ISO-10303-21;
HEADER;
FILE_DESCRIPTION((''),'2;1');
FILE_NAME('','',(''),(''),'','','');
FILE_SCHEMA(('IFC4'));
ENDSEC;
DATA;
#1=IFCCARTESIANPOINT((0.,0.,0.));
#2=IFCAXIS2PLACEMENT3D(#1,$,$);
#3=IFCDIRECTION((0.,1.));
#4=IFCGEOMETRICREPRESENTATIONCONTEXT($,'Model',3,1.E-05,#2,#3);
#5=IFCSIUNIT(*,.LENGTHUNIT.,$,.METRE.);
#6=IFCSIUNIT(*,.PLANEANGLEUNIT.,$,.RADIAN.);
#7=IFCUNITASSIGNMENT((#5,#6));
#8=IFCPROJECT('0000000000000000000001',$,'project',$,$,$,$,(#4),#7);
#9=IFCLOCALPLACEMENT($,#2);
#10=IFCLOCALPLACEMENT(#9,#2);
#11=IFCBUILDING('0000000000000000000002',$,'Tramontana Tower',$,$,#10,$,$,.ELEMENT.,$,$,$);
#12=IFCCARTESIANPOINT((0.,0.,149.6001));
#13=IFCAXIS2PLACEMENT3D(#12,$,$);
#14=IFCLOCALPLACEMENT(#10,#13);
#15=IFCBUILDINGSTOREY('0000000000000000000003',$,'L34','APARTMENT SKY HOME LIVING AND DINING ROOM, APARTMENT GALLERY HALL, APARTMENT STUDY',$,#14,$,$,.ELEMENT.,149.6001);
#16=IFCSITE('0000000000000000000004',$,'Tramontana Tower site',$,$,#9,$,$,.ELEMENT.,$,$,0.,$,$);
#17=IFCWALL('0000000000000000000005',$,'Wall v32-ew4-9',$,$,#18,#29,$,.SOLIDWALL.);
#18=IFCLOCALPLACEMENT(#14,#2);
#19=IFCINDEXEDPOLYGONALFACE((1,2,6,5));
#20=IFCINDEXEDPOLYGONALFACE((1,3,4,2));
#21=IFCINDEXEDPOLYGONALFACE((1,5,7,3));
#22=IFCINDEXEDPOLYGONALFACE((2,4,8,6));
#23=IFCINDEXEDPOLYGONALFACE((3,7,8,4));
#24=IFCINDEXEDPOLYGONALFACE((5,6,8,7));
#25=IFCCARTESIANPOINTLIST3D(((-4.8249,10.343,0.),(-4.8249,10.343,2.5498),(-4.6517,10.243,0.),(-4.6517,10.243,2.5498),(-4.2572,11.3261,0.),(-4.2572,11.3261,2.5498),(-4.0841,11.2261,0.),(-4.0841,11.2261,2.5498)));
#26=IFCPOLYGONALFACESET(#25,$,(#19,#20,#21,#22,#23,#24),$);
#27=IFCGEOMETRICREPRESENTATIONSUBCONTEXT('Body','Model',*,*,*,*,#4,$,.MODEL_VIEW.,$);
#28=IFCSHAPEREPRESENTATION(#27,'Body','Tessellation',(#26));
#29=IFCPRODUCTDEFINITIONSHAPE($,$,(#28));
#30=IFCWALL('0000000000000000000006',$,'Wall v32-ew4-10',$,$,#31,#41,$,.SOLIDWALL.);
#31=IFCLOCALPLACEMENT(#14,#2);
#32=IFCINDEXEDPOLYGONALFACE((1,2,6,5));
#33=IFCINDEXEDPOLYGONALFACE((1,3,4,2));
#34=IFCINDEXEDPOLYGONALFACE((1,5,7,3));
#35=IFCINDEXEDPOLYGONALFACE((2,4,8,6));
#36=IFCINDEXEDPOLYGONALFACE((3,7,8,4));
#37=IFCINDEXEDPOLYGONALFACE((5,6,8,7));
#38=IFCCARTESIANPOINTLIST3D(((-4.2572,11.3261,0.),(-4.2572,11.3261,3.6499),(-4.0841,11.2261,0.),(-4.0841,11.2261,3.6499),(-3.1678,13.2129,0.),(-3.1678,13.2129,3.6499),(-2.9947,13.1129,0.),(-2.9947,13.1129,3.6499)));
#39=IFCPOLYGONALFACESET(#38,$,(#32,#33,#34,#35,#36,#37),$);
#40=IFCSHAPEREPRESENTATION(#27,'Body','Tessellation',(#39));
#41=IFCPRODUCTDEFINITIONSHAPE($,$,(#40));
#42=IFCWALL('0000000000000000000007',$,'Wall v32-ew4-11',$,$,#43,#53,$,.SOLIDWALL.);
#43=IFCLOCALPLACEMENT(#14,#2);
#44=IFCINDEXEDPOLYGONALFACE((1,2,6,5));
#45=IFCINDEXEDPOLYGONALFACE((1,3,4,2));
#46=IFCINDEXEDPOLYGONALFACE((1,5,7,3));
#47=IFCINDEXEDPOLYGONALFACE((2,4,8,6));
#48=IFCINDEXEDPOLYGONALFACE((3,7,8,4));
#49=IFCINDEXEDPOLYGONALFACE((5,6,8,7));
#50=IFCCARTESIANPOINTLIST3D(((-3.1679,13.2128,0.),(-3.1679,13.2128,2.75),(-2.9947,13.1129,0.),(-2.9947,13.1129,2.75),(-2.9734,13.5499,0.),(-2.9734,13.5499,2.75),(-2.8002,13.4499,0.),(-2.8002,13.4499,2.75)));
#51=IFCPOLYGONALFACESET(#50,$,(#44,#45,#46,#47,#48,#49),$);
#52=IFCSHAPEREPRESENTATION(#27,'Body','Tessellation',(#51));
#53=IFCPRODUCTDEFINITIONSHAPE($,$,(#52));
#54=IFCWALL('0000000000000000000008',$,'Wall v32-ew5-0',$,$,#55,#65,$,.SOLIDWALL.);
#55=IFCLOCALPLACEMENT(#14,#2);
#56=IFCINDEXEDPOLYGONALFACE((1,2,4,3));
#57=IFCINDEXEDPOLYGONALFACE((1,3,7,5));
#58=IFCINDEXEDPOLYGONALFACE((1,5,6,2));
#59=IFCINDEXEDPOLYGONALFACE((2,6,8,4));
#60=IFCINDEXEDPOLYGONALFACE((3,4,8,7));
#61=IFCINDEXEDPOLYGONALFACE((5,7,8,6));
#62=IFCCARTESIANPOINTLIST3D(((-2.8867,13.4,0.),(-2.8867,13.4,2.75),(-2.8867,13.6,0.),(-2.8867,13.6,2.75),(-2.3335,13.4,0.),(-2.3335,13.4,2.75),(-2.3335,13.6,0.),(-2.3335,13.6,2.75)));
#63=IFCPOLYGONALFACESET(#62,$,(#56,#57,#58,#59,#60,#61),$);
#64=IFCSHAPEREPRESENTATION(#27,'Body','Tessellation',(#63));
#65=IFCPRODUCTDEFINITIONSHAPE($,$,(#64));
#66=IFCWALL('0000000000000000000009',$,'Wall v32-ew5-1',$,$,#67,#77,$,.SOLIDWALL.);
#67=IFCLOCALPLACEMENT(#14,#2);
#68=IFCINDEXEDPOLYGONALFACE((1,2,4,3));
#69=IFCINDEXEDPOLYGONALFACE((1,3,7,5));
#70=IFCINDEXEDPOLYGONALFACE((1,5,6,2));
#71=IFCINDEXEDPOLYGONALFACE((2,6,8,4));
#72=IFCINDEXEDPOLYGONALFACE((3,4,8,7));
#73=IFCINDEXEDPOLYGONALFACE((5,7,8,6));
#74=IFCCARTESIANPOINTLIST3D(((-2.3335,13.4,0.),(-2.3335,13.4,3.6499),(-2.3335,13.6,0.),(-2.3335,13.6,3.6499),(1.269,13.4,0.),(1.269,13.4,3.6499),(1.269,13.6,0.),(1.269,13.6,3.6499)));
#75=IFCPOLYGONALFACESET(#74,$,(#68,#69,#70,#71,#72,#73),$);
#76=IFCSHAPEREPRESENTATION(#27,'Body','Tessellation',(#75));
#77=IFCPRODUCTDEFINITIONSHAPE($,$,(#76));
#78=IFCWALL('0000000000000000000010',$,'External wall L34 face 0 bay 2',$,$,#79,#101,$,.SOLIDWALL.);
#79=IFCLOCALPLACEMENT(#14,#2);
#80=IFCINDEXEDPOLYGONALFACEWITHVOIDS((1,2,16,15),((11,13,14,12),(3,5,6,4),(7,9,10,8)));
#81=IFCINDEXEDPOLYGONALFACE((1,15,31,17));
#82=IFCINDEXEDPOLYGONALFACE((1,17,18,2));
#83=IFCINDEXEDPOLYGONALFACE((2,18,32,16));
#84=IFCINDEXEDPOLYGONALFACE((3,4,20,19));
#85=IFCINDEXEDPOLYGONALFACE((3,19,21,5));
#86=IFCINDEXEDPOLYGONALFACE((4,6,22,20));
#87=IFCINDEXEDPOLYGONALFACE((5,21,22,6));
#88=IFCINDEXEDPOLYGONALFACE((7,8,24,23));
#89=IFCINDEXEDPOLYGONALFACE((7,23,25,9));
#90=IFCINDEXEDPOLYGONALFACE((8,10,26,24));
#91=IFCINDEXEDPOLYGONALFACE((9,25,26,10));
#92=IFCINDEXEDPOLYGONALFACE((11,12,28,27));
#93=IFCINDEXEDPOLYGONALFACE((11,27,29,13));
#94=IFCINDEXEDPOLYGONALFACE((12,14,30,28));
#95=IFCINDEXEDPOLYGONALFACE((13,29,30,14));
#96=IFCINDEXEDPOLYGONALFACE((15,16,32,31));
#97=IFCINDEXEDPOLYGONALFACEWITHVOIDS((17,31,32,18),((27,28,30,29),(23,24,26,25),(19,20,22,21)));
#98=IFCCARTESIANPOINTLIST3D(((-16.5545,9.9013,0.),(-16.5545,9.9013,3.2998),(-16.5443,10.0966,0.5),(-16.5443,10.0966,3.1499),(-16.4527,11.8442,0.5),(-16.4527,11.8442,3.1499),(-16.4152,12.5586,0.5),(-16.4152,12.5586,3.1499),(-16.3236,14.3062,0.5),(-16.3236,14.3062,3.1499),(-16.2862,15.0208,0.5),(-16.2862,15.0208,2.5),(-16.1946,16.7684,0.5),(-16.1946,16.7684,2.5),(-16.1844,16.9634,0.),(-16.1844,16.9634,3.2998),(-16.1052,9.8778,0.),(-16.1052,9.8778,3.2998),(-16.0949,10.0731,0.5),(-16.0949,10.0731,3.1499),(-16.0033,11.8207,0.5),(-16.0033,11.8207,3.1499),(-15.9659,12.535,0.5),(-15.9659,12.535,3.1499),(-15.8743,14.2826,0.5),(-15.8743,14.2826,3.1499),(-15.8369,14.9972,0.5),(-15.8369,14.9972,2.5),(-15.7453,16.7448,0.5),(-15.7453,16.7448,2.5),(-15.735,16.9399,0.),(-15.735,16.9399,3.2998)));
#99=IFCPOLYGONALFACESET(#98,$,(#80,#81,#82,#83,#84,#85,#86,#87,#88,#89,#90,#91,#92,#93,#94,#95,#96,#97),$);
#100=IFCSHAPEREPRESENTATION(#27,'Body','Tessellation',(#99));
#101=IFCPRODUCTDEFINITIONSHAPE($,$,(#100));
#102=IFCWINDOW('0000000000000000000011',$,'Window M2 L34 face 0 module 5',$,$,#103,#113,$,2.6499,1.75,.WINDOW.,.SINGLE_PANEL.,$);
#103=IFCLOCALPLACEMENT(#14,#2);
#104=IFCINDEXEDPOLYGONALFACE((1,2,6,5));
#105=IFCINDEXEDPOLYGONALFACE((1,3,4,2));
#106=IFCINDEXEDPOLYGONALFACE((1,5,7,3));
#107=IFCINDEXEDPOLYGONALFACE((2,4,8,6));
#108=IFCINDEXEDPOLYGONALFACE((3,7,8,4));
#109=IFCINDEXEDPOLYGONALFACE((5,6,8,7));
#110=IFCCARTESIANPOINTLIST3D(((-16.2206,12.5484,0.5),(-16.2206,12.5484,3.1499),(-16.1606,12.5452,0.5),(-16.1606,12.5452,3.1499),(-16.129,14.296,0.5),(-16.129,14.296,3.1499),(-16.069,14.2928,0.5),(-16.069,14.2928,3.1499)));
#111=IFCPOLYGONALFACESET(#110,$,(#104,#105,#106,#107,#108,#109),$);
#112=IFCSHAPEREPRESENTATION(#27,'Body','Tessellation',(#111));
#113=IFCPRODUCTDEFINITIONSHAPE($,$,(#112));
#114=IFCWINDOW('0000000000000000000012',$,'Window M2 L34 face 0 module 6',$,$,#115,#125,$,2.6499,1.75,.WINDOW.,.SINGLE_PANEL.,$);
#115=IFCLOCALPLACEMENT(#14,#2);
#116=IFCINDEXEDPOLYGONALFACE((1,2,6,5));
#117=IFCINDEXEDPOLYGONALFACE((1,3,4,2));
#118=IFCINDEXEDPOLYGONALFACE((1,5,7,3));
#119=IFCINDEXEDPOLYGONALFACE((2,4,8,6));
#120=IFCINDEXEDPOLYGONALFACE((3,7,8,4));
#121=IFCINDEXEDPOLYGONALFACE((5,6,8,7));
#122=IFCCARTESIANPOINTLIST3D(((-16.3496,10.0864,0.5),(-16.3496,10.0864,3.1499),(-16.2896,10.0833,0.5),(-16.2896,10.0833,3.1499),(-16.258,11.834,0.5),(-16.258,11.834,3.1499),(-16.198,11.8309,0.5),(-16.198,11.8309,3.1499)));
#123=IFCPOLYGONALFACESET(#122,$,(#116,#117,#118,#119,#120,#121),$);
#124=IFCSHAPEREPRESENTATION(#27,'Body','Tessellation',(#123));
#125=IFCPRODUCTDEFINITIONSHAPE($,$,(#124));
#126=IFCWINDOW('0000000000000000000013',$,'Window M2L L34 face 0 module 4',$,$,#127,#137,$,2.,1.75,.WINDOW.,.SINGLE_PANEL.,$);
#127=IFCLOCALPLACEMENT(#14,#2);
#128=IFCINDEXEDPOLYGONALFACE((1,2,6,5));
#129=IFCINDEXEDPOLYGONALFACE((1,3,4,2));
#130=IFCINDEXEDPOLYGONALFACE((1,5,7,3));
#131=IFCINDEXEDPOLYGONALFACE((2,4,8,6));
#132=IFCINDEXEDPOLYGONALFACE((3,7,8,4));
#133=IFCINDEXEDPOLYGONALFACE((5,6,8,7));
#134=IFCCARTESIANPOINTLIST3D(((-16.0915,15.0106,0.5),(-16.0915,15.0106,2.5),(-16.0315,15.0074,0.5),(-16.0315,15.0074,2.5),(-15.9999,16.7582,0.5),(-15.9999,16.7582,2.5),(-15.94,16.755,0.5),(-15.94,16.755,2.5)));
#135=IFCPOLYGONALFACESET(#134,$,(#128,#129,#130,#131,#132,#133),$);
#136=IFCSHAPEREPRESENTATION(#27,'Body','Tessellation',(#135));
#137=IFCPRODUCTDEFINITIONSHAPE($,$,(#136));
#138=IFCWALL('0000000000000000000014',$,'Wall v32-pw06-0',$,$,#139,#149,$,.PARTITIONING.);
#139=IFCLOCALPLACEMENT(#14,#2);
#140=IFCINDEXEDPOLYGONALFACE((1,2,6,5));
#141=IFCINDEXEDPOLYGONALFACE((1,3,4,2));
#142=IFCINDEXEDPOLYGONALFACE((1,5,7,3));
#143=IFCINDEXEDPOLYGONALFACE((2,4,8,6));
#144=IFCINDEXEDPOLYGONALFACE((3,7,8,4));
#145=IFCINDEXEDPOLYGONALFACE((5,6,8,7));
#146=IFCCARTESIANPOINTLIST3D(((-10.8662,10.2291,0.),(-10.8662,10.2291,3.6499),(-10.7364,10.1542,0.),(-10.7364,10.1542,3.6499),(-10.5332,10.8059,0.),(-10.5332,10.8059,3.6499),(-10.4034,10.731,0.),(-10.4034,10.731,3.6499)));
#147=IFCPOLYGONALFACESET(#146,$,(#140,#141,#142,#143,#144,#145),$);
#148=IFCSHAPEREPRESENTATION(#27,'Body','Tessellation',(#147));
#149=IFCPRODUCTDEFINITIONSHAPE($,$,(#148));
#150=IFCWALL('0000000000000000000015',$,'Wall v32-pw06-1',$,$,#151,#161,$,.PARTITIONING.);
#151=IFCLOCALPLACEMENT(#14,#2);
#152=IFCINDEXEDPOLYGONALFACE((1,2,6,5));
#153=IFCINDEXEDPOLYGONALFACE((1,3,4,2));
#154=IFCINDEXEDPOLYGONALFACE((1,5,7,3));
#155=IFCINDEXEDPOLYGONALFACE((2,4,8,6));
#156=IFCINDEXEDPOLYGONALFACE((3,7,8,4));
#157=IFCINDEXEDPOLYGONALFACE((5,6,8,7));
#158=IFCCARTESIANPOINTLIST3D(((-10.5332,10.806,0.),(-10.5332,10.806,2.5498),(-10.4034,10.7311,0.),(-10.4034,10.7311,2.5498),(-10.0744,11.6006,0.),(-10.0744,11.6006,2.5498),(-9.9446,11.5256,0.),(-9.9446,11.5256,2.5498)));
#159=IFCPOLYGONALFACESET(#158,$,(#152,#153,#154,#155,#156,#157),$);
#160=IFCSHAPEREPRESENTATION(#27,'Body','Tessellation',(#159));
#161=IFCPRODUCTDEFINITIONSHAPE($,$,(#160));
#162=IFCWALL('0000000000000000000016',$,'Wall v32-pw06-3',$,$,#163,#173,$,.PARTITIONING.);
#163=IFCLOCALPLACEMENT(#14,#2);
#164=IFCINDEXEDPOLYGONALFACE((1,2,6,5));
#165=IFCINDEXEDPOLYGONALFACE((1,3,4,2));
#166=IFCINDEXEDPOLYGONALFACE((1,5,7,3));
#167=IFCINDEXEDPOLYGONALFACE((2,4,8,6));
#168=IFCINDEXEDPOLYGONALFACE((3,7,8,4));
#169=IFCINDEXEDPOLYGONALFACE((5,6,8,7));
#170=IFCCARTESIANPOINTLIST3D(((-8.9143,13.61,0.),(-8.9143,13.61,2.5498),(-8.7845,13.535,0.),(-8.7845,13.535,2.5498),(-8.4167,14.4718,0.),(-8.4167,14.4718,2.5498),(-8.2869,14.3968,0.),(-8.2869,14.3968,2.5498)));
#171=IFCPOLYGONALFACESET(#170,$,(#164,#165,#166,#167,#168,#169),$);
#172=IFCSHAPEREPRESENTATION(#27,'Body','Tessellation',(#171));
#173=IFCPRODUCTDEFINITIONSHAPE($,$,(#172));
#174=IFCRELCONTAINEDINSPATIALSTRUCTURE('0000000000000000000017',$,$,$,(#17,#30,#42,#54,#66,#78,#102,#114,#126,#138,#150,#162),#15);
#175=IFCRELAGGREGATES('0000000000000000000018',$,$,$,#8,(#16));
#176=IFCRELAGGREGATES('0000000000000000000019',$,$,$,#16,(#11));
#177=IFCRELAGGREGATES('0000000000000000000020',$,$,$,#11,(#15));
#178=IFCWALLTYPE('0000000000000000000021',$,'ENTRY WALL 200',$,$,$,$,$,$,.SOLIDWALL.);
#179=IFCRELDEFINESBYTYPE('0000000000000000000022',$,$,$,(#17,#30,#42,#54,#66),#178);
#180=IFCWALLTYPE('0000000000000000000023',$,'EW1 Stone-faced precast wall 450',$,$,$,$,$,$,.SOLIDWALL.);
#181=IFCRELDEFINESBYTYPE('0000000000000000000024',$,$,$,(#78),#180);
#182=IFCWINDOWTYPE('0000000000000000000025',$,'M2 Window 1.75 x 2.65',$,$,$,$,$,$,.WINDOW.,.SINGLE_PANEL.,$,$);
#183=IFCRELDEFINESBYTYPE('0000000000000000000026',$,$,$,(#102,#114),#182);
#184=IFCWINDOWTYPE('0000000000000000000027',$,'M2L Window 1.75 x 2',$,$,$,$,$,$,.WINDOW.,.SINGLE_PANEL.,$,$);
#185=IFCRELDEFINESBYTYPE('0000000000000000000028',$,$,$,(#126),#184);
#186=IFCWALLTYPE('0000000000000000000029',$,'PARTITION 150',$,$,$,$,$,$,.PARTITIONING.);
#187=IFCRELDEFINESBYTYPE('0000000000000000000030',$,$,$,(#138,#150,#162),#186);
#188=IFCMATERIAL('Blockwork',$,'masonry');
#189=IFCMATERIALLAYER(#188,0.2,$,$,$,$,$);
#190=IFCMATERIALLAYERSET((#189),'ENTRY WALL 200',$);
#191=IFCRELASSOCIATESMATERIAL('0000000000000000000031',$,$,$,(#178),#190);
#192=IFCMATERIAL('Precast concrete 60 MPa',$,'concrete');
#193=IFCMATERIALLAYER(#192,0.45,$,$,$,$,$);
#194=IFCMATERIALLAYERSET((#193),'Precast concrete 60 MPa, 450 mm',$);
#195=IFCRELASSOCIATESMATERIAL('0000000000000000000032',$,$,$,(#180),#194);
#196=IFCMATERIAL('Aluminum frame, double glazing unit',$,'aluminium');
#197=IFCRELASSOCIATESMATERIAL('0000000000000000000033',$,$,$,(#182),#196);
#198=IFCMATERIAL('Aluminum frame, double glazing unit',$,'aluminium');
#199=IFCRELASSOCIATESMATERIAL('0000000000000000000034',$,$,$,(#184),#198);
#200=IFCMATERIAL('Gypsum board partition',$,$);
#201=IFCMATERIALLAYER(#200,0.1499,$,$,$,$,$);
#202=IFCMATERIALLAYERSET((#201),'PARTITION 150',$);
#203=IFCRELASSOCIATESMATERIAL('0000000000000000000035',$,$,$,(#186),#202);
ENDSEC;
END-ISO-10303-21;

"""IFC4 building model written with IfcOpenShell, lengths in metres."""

from ifc_helpers import new_model, si_unit, direction, frame, frame_2d, origin, place, context, subcontext, project, spatial, rectangle, extrude, material, layer, layer_set, type_object, element, fill, save


model = new_model("IFC4")

# Units and contexts
model_context = context("Model", 3, precision=1e-05, world=origin(), true_north=direction((0.0, 1.0)))
body_context = subcontext(model_context, "Body", "Model", "MODEL_VIEW")
ifc_project = project(units=[si_unit("LENGTHUNIT", "METRE"), si_unit("PLANEANGLEUNIT", "RADIAN")], contexts=[model_context])

# Site, building, storey
site_placement = place(None, origin())
site = spatial("IfcSite", under=ifc_project, at=site_placement, Name="Tramontana Tower site", CompositionType="ELEMENT", RefElevation=0.0)
building_placement = place(site_placement, origin())
building = spatial("IfcBuilding", under=site, at=building_placement, Name="Tramontana Tower", CompositionType="ELEMENT")
storey_placement = place(building_placement, frame((0.0, 0.0, 149.6001)))
storey = spatial("IfcBuildingStorey", under=building, at=storey_placement, Name="L34", Description="APARTMENT SKY HOME LIVING AND DINING ROOM, APARTMENT GALLERY HALL, APARTMENT STUDY", CompositionType="ELEMENT", Elevation=149.6001)

# Walls
ifc_material_1 = material(Name="Blockwork", Category="masonry")
ifc_layer_1 = layer(ifc_material_1, 0.2)
ifc_layer_set_1 = layer_set([ifc_layer_1], Name="ENTRY WALL 200")
wall_type_1 = type_object("IfcWallType", Name="ENTRY WALL 200", PredefinedType="SOLIDWALL", material=ifc_layer_set_1)
wall_1_placement = place(storey_placement, frame((-4.7383, 10.293, 0.0), z_axis=(0.0, 0.0, 1.0), x_axis=(0.500002, 0.866024, 0.0)))
element("IfcWall", 1, at=wall_1_placement, inside=storey, type_object=wall_type_1, Name="Wall v32-ew4-9", PredefinedType="SOLIDWALL", context=body_context, shape_type="SweptSolid", body=[
    extrude(rectangle(XDim=1.1353, YDim=0.2, at=frame_2d((0.5676, 0.0))), origin(), (0.0, 0.0, 1.0), 2.5498),
])
wall_2_placement = place(storey_placement, frame((-4.1707, 11.2761, 0.0), z_axis=(0.0, 0.0, 1.0), x_axis=(0.50002, 0.866014, 0.0)))
element("IfcWall", 2, at=wall_2_placement, inside=storey, type_object=wall_type_1, Name="Wall v32-ew4-10", PredefinedType="SOLIDWALL", context=body_context, shape_type="SweptSolid", body=[
    extrude(rectangle(XDim=2.1787, YDim=0.2, at=frame_2d((1.0894, 0.0))), origin(), (0.0, 0.0, 1.0), 3.6499),
])
wall_3_placement = place(storey_placement, frame((-3.0813, 13.1628, 0.0), z_axis=(0.0, 0.0, 1.0), x_axis=(0.499849, 0.866112, 0.0)))
element("IfcWall", 3, at=wall_3_placement, inside=storey, type_object=wall_type_1, Name="Wall v32-ew4-11", PredefinedType="SOLIDWALL", context=body_context, shape_type="SweptSolid", body=[
    extrude(rectangle(XDim=0.3892, YDim=0.2, at=frame_2d((0.1946, 0.0))), origin(), (0.0, 0.0, 1.0), 2.75),
])
wall_4_placement = place(storey_placement, frame((-2.8867, 13.5, 0.0), z_axis=(0.0, 0.0, 1.0), x_axis=(1.0, 0.0, 0.0)))
element("IfcWall", 4, at=wall_4_placement, inside=storey, type_object=wall_type_1, Name="Wall v32-ew5-0", PredefinedType="SOLIDWALL", context=body_context, shape_type="SweptSolid", body=[
    extrude(rectangle(XDim=0.5532, YDim=0.2, at=frame_2d((0.2766, 0.0))), origin(), (0.0, 0.0, 1.0), 2.75),
])
wall_5_placement = place(storey_placement, frame((-2.3335, 13.5, 0.0), z_axis=(0.0, 0.0, 1.0), x_axis=(1.0, 0.0, 0.0)))
element("IfcWall", 5, at=wall_5_placement, inside=storey, type_object=wall_type_1, Name="Wall v32-ew5-1", PredefinedType="SOLIDWALL", context=body_context, shape_type="SweptSolid", body=[
    extrude(rectangle(XDim=3.6025, YDim=0.2, at=frame_2d((1.8013, 0.0))), origin(), (0.0, 0.0, 1.0), 3.6499),
])

# Wall, openings, windows
ifc_material_2 = material(Name="Precast concrete 60 MPa", Category="concrete")
ifc_layer_2 = layer(ifc_material_2, 0.45)
ifc_layer_set_2 = layer_set([ifc_layer_2], Name="Precast concrete 60 MPa, 450 mm")
wall_type_2 = type_object("IfcWallType", Name="EW1 Stone-faced precast wall 450", PredefinedType="SOLIDWALL", material=ifc_layer_set_2)
wall_6_placement = place(storey_placement, frame((-15.9597, 16.9517, 0.0), z_axis=(0.0, 0.0, 1.0), x_axis=(-0.052338, -0.998629, 0.0)))
wall_6 = element("IfcWall", 6, at=wall_6_placement, inside=storey, type_object=wall_type_2, Name="External wall L34 face 0 bay 2", PredefinedType="SOLIDWALL", context=body_context, shape_type="SweptSolid", body=[
    extrude(rectangle(XDim=7.0718, YDim=0.45, at=frame_2d((3.5359, 0.0))), origin(), (0.0, 0.0, 1.0), 3.2998),
])
opening_1_placement = place(wall_6_placement, frame((0.1953, 0.0, 0.5)))
opening_1 = element("IfcOpeningElement", 7, at=opening_1_placement, cuts=wall_6, PredefinedType="OPENING", context=body_context, shape_type="SweptSolid", body=[
    extrude(rectangle(XDim=1.75, YDim=2.0, at=frame_2d((0.875, 1.0))), frame((0.0, 0.2349, 0.0), z_axis=(0.0, -1.0, 0.0), x_axis=(1.0, 0.0, 0.0)), (0.0, 0.0, 1.0), 0.47),
])
opening_2_placement = place(wall_6_placement, frame((2.6609, 0.0, 0.5)))
opening_2 = element("IfcOpeningElement", 8, at=opening_2_placement, cuts=wall_6, PredefinedType="OPENING", context=body_context, shape_type="SweptSolid", body=[
    extrude(rectangle(XDim=1.75, YDim=2.6499, at=frame_2d((0.875, 1.325))), frame((0.0, 0.2349, 0.0), z_axis=(0.0, -1.0, 0.0), x_axis=(1.0, 0.0, 0.0)), (0.0, 0.0, 1.0), 0.47),
])
opening_3_placement = place(wall_6_placement, frame((5.1262, 0.0, 0.5)))
opening_3 = element("IfcOpeningElement", 9, at=opening_3_placement, cuts=wall_6, PredefinedType="OPENING", context=body_context, shape_type="SweptSolid", body=[
    extrude(rectangle(XDim=1.75, YDim=2.6499, at=frame_2d((0.875, 1.325))), frame((0.0, 0.2349, 0.0), z_axis=(0.0, -1.0, 0.0), x_axis=(1.0, 0.0, 0.0)), (0.0, 0.0, 1.0), 0.47),
])
ifc_material_3 = material(Name="Aluminum frame, double glazing unit", Category="aluminium")
window_type_1 = type_object("IfcWindowType", Name="M2 Window 1.75 x 2.65", PartitioningType="SINGLE_PANEL", PredefinedType="WINDOW", material=ifc_material_3)
window_1_placement = place(opening_2_placement, origin())
window_1 = element("IfcWindow", 10, at=window_1_placement, inside=storey, type_object=window_type_1, Name="Window M2 L34 face 0 module 5", OverallHeight=2.6499, OverallWidth=1.75, PartitioningType="SINGLE_PANEL", PredefinedType="WINDOW", context=body_context, shape_type="SweptSolid", body=[
    extrude(rectangle(XDim=1.75, YDim=2.6499, at=frame_2d((0.875, 1.325))), frame((0.0, 0.03, 0.0), z_axis=(0.0, -1.0, 0.0), x_axis=(1.0, 0.0, 0.0)), (0.0, 0.0, 1.0), 0.0601),
])
fill(opening_2, window_1)
window_2_placement = place(opening_3_placement, origin())
window_2 = element("IfcWindow", 11, at=window_2_placement, inside=storey, type_object=window_type_1, Name="Window M2 L34 face 0 module 6", OverallHeight=2.6499, OverallWidth=1.75, PartitioningType="SINGLE_PANEL", PredefinedType="WINDOW", context=body_context, shape_type="SweptSolid", body=[
    extrude(rectangle(XDim=1.75, YDim=2.6499, at=frame_2d((0.875, 1.325))), frame((0.0, 0.03, 0.0), z_axis=(0.0, -1.0, 0.0), x_axis=(1.0, 0.0, 0.0)), (0.0, 0.0, 1.0), 0.0601),
])
fill(opening_3, window_2)
ifc_material_4 = material(Name="Aluminum frame, double glazing unit", Category="aluminium")
window_type_2 = type_object("IfcWindowType", Name="M2L Window 1.75 x 2", PartitioningType="SINGLE_PANEL", PredefinedType="WINDOW", material=ifc_material_4)
window_3_placement = place(opening_1_placement, origin())
window_3 = element("IfcWindow", 12, at=window_3_placement, inside=storey, type_object=window_type_2, Name="Window M2L L34 face 0 module 4", OverallHeight=2.0, OverallWidth=1.75, PartitioningType="SINGLE_PANEL", PredefinedType="WINDOW", context=body_context, shape_type="SweptSolid", body=[
    extrude(rectangle(XDim=1.75, YDim=2.0, at=frame_2d((0.875, 1.0))), frame((0.0, 0.03, 0.0), z_axis=(0.0, -1.0, 0.0), x_axis=(1.0, 0.0, 0.0)), (0.0, 0.0, 1.0), 0.0601),
])
fill(opening_1, window_3)

# Walls
ifc_material_5 = material(Name="Gypsum board partition")
ifc_layer_3 = layer(ifc_material_5, 0.1499)
ifc_layer_set_3 = layer_set([ifc_layer_3], Name="PARTITION 150")
wall_type_3 = type_object("IfcWallType", Name="PARTITION 150", PredefinedType="PARTITIONING", material=ifc_layer_set_3)
wall_7_placement = place(storey_placement, frame((-10.8013, 10.1917, 0.0), z_axis=(0.0, 0.0, 1.0), x_axis=(0.499923, 0.86607, 0.0)))
element("IfcWall", 13, at=wall_7_placement, inside=storey, type_object=wall_type_3, Name="Wall v32-pw06-0", PredefinedType="PARTITIONING", context=body_context, shape_type="SweptSolid", body=[
    extrude(rectangle(XDim=0.666, YDim=0.1499, at=frame_2d((0.333, 0.0))), origin(), (0.0, 0.0, 1.0), 3.6499),
])
wall_8_placement = place(storey_placement, frame((-10.4683, 10.7686, 0.0), z_axis=(0.0, 0.0, 1.0), x_axis=(0.50006, 0.865991, 0.0)))
element("IfcWall", 14, at=wall_8_placement, inside=storey, type_object=wall_type_3, Name="Wall v32-pw06-1", PredefinedType="PARTITIONING", context=body_context, shape_type="SweptSolid", body=[
    extrude(rectangle(XDim=0.9175, YDim=0.1499, at=frame_2d((0.4587, 0.0))), origin(), (0.0, 0.0, 1.0), 2.5498),
])

# Wall
wall_9_placement = place(storey_placement, frame((-8.8494, 13.5725, 0.0), z_axis=(0.0, 0.0, 1.0), x_axis=(0.499991, 0.86603, 0.0)))
element("IfcWall", 15, at=wall_9_placement, inside=storey, type_object=wall_type_3, Name="Wall v32-pw06-3", PredefinedType="PARTITIONING", context=body_context, shape_type="SweptSolid", body=[
    extrude(rectangle(XDim=0.9951, YDim=0.1499, at=frame_2d((0.4976, 0.0))), origin(), (0.0, 0.0, 1.0), 2.5498),
])

save(model, "model.ifc")
